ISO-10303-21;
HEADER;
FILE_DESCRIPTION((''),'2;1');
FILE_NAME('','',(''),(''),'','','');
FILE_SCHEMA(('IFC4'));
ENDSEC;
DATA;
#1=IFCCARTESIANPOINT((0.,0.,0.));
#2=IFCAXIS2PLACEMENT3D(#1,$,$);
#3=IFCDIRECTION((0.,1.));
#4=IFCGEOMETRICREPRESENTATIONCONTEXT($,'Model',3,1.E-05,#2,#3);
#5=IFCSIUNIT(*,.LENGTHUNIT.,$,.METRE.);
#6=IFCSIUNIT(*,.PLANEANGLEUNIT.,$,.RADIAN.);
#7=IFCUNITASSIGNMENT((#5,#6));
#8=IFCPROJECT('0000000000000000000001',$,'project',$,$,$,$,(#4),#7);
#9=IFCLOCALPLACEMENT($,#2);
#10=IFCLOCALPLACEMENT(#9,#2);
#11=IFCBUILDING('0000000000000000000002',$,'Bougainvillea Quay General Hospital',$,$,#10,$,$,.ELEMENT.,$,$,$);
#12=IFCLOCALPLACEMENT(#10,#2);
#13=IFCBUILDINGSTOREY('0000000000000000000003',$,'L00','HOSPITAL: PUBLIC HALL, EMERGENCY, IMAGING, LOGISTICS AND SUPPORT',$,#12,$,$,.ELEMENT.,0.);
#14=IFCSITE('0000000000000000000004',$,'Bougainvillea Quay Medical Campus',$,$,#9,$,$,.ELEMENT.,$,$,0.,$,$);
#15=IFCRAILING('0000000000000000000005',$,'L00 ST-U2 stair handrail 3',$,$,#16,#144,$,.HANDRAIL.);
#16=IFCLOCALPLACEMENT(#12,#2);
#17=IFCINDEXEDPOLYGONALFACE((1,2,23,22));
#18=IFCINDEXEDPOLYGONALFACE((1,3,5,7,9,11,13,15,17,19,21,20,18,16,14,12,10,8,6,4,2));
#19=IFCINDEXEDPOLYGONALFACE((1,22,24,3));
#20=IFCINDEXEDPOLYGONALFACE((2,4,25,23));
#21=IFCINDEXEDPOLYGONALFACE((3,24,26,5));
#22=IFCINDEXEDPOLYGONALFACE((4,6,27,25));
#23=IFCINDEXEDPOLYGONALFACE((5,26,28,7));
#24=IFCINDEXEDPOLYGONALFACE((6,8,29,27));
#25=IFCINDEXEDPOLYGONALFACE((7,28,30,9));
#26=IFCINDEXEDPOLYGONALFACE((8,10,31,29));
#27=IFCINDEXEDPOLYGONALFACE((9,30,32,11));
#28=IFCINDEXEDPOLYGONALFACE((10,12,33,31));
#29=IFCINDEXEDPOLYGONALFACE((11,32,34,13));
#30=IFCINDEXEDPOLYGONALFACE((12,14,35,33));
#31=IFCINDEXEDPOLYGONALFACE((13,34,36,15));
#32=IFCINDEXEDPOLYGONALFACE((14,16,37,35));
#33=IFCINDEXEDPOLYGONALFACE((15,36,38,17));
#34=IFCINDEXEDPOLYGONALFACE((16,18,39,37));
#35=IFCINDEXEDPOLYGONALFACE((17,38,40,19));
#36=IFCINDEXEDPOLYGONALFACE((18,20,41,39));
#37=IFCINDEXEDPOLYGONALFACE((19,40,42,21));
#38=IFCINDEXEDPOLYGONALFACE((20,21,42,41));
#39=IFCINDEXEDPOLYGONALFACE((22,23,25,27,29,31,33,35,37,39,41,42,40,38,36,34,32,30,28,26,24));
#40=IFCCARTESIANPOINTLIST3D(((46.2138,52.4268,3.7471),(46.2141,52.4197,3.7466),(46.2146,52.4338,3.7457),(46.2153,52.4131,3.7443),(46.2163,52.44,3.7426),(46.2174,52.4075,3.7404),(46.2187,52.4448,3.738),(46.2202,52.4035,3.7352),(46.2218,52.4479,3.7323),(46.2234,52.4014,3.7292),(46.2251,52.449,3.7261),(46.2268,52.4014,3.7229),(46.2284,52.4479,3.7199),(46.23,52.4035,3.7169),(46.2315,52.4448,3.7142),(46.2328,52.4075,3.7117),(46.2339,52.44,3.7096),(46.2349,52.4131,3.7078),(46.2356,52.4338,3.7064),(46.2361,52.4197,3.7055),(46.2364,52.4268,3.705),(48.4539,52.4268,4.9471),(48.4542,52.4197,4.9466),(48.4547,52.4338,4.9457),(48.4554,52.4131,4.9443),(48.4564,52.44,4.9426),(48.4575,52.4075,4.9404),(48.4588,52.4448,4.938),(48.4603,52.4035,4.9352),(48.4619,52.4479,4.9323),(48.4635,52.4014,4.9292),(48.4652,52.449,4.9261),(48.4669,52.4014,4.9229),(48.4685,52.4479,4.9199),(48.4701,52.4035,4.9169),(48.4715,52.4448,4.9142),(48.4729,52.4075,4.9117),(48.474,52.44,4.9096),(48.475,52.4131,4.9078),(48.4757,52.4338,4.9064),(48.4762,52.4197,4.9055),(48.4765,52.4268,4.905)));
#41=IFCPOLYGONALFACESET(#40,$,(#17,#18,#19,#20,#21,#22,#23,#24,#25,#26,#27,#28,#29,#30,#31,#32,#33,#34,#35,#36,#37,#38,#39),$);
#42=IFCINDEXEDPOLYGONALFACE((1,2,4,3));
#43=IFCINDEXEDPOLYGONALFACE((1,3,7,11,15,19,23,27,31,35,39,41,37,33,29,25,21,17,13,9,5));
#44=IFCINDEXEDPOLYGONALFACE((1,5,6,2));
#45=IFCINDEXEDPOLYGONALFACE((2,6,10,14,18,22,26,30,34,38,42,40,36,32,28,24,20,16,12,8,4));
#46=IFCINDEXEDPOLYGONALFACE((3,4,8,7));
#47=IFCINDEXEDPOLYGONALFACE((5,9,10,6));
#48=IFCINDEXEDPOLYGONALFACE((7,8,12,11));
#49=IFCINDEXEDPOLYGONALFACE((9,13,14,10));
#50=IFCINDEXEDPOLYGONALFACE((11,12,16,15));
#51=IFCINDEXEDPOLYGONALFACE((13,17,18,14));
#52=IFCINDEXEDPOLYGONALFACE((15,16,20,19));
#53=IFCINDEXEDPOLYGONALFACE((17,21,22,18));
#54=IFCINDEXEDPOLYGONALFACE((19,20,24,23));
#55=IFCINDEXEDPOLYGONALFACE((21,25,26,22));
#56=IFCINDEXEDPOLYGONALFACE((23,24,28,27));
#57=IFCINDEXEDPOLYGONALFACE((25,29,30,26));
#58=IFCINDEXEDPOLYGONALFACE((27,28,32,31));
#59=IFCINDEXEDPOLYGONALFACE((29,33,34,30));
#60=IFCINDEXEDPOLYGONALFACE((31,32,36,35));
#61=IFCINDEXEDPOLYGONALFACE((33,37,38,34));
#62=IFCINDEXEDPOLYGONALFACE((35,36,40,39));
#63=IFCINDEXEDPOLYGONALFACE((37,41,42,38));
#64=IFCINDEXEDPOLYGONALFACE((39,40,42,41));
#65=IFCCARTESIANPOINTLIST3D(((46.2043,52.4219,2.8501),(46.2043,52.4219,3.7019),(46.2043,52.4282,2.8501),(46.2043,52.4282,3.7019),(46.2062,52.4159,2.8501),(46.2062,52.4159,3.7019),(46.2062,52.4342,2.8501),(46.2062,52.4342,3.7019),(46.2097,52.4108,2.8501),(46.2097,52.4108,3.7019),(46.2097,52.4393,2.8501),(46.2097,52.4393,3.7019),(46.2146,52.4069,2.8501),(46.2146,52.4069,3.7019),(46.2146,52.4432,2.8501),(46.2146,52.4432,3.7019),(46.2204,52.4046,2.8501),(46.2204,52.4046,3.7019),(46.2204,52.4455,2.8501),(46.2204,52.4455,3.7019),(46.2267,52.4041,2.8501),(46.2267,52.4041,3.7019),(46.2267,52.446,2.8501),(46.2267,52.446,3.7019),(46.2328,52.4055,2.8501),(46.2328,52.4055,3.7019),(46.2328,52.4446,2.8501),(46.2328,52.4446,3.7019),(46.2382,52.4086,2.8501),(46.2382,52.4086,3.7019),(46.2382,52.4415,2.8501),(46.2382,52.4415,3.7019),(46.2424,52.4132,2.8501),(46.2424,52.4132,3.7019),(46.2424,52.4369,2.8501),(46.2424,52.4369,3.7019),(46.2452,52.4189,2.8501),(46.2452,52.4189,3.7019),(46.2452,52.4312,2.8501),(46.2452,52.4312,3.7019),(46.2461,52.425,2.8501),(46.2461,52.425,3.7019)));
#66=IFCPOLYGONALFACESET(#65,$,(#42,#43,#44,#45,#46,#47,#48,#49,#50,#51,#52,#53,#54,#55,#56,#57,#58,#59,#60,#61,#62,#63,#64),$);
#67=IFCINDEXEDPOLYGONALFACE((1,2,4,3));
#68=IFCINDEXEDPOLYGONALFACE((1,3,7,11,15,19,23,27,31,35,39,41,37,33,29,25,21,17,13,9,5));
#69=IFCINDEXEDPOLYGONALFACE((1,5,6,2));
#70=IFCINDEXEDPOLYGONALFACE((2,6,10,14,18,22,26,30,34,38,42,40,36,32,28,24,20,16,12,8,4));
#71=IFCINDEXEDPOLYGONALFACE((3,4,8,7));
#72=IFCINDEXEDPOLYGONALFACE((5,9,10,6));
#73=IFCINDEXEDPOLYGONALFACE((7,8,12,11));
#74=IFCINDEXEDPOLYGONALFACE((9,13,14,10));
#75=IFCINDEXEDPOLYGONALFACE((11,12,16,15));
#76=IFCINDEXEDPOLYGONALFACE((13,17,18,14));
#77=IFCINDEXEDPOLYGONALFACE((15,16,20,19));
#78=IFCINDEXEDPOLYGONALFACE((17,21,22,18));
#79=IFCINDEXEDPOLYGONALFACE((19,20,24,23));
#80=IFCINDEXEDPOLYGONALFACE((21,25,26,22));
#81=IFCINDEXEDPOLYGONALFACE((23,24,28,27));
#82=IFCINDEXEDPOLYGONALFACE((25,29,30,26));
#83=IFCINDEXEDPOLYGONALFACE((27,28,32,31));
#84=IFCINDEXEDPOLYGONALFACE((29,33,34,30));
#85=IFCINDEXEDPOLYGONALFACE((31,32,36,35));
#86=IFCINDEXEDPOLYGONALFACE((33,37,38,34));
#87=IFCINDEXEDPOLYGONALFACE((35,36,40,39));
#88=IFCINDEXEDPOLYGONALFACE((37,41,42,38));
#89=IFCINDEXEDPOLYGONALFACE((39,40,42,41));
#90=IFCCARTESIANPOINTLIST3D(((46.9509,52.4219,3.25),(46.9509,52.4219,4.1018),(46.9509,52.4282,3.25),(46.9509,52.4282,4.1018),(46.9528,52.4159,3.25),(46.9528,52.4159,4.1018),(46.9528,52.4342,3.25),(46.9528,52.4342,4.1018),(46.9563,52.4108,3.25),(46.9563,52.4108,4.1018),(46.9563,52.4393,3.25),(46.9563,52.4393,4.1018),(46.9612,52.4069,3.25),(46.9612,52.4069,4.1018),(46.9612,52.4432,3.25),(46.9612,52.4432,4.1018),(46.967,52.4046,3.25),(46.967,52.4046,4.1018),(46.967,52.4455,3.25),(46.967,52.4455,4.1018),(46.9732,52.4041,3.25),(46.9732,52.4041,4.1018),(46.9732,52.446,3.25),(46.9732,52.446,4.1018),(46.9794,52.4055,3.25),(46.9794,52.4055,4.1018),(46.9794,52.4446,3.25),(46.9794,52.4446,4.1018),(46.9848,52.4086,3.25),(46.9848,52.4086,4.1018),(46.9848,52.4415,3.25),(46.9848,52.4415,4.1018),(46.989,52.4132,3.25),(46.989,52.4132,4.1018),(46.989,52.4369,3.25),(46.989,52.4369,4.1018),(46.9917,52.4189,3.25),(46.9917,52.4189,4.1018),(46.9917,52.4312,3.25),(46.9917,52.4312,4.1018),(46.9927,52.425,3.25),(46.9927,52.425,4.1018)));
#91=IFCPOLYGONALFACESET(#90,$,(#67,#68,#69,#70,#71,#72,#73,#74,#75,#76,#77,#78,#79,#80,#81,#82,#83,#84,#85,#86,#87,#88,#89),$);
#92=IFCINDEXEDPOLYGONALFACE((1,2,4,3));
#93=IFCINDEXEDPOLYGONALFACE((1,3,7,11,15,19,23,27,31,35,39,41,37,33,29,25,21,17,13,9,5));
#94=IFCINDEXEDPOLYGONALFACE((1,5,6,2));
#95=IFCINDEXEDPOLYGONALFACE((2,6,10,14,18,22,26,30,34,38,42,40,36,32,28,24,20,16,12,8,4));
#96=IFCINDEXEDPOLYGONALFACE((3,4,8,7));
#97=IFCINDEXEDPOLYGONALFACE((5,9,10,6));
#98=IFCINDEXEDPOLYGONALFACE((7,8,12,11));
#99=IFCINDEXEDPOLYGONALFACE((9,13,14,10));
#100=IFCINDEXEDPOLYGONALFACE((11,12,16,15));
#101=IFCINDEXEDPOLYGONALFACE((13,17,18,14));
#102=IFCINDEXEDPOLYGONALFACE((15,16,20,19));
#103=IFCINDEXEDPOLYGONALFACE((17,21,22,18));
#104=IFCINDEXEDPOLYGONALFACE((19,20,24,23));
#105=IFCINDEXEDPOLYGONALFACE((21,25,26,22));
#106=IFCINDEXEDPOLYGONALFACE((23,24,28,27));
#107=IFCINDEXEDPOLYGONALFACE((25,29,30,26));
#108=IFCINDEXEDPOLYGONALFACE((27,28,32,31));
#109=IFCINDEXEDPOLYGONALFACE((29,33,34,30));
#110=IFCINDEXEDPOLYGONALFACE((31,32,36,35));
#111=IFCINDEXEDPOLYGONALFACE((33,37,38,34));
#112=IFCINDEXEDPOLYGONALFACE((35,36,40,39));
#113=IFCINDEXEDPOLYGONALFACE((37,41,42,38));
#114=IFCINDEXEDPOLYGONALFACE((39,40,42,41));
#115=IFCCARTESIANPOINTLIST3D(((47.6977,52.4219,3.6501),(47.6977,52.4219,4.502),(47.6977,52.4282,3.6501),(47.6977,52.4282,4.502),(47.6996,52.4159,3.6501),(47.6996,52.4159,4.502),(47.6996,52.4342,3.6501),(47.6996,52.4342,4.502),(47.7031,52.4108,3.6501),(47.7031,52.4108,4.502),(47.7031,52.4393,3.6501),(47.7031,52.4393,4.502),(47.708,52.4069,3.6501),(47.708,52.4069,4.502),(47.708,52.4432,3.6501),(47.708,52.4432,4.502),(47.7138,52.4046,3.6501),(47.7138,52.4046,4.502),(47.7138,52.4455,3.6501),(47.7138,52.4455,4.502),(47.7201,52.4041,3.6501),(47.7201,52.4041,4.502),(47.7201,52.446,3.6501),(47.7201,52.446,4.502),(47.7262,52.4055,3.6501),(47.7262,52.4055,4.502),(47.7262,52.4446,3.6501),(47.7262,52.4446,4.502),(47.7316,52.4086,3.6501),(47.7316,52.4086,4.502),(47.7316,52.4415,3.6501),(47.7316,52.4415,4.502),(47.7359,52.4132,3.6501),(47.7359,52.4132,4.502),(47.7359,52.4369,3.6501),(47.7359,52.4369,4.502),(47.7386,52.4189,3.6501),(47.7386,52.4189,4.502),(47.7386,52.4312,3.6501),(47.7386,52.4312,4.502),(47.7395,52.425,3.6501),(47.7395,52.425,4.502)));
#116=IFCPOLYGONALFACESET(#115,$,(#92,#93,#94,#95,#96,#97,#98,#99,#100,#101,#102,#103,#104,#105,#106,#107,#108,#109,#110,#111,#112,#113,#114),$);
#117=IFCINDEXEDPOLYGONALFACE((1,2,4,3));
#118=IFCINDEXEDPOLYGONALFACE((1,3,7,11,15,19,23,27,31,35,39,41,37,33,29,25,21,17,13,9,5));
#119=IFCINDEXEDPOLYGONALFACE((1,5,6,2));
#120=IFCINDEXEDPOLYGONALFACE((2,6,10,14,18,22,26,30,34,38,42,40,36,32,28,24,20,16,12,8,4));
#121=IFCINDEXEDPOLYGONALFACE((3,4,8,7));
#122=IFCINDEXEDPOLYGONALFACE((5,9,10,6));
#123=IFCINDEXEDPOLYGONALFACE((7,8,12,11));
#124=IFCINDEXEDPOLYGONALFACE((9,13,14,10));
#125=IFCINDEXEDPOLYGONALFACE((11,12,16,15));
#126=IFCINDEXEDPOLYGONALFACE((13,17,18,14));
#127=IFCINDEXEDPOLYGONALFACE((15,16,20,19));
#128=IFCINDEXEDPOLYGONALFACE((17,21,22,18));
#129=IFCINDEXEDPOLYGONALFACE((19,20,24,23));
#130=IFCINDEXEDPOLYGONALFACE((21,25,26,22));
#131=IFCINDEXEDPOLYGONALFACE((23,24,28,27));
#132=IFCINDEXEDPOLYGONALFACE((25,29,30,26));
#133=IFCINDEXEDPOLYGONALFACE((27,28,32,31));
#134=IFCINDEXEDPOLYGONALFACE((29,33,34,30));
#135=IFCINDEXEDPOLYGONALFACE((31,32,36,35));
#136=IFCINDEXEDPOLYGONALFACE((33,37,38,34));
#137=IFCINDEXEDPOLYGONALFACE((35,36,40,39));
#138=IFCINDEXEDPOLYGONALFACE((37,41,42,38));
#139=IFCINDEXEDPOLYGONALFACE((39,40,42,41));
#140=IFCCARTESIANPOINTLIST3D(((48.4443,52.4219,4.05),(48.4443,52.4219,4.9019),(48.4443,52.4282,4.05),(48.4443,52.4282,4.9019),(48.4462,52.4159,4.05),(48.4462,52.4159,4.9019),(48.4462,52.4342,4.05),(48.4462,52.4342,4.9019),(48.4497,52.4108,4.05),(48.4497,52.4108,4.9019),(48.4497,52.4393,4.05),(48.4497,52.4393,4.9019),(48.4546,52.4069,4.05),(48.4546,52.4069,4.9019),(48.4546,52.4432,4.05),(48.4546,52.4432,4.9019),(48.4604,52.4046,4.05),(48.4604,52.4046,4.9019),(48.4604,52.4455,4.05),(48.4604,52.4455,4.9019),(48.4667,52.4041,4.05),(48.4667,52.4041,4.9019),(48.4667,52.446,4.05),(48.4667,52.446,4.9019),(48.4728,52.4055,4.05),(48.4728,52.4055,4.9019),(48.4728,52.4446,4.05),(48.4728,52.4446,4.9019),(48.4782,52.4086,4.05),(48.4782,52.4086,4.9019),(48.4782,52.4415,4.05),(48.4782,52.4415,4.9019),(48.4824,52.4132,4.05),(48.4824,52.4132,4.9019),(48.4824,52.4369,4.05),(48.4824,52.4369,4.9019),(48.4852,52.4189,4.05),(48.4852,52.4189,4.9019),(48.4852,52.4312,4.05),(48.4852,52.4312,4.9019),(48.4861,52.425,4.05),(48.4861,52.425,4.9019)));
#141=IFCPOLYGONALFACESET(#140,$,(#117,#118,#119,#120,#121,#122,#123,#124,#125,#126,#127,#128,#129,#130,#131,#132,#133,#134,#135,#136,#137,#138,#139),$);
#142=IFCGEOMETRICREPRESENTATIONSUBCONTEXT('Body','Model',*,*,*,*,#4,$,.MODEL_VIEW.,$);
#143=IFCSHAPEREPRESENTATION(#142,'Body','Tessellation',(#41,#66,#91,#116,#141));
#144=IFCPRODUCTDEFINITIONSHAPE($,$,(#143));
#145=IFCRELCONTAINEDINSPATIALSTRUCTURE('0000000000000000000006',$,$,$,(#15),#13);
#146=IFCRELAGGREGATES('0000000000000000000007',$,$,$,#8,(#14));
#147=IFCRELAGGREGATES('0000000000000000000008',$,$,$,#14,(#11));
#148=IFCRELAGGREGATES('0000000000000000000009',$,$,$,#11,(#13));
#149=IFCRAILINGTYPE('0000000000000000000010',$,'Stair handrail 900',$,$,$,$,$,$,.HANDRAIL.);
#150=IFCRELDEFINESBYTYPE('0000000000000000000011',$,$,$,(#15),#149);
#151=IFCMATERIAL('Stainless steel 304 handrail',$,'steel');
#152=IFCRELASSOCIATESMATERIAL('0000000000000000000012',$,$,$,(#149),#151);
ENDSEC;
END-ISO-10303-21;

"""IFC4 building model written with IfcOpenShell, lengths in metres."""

from ifc_helpers import new_model, si_unit, direction, frame, origin, origin_2d, place, context, subcontext, project, spatial, circle, extrude, material, type_object, element, save


model = new_model("IFC4")

# Units and contexts
model_context = context("Model", 3, precision=1e-05, world=origin(), true_north=direction((0.0, 1.0)))
body_context = subcontext(model_context, "Body", "Model", "MODEL_VIEW")
ifc_project = project(units=[si_unit("LENGTHUNIT", "METRE"), si_unit("PLANEANGLEUNIT", "RADIAN")], contexts=[model_context])

# Site, building, storey
site_placement = place(None, origin())
site = spatial("IfcSite", under=ifc_project, at=site_placement, Name="Bougainvillea Quay Medical Campus", CompositionType="ELEMENT", RefElevation=0.0)
building_placement = place(site_placement, origin())
building = spatial("IfcBuilding", under=site, at=building_placement, Name="Bougainvillea Quay General Hospital", CompositionType="ELEMENT")
storey_placement = place(building_placement, origin())
storey = spatial("IfcBuildingStorey", under=building, at=storey_placement, Name="L00", Description="HOSPITAL: PUBLIC HALL, EMERGENCY, IMAGING, LOGISTICS AND SUPPORT", CompositionType="ELEMENT", Elevation=0.0)

# Railing
ifc_material_1 = material(Name="Stainless steel 304 handrail", Category="steel")
railing_type_1 = type_object("IfcRailingType", Name="Stair handrail 900", PredefinedType="HANDRAIL", material=ifc_material_1)
railing_1_placement = place(storey_placement, frame((46.2251, 52.425, 2.8501)))
element("IfcRailing", 1, at=railing_1_placement, inside=storey, type_object=railing_type_1, Name="L00 ST-U2 stair handrail 3", PredefinedType="HANDRAIL", context=body_context, shape_type="SweptSolid", body=[
    extrude(circle(Radius=0.0239, at=origin_2d()), frame((0.0, 0.0, 0.876), z_axis=(0.881487, 0.0, 0.472208), x_axis=(0.0, 1.0, 0.0)), (0.0, 0.0, 1.0), 2.5413),
    extrude(circle(Radius=0.021, at=origin_2d()), origin(), (0.0, 0.0, 1.0), 0.8518),
    extrude(circle(Radius=0.021, at=origin_2d()), frame((0.7466, 0.0, 0.3999)), (0.0, 0.0, 1.0), 0.8518),
    extrude(circle(Radius=0.021, at=origin_2d()), frame((1.4934, 0.0, 0.8)), (0.0, 0.0, 1.0), 0.8518),
    extrude(circle(Radius=0.021, at=origin_2d()), frame((2.24, 0.0, 1.2)), (0.0, 0.0, 1.0), 0.8518),
])

save(model, "model.ifc")
